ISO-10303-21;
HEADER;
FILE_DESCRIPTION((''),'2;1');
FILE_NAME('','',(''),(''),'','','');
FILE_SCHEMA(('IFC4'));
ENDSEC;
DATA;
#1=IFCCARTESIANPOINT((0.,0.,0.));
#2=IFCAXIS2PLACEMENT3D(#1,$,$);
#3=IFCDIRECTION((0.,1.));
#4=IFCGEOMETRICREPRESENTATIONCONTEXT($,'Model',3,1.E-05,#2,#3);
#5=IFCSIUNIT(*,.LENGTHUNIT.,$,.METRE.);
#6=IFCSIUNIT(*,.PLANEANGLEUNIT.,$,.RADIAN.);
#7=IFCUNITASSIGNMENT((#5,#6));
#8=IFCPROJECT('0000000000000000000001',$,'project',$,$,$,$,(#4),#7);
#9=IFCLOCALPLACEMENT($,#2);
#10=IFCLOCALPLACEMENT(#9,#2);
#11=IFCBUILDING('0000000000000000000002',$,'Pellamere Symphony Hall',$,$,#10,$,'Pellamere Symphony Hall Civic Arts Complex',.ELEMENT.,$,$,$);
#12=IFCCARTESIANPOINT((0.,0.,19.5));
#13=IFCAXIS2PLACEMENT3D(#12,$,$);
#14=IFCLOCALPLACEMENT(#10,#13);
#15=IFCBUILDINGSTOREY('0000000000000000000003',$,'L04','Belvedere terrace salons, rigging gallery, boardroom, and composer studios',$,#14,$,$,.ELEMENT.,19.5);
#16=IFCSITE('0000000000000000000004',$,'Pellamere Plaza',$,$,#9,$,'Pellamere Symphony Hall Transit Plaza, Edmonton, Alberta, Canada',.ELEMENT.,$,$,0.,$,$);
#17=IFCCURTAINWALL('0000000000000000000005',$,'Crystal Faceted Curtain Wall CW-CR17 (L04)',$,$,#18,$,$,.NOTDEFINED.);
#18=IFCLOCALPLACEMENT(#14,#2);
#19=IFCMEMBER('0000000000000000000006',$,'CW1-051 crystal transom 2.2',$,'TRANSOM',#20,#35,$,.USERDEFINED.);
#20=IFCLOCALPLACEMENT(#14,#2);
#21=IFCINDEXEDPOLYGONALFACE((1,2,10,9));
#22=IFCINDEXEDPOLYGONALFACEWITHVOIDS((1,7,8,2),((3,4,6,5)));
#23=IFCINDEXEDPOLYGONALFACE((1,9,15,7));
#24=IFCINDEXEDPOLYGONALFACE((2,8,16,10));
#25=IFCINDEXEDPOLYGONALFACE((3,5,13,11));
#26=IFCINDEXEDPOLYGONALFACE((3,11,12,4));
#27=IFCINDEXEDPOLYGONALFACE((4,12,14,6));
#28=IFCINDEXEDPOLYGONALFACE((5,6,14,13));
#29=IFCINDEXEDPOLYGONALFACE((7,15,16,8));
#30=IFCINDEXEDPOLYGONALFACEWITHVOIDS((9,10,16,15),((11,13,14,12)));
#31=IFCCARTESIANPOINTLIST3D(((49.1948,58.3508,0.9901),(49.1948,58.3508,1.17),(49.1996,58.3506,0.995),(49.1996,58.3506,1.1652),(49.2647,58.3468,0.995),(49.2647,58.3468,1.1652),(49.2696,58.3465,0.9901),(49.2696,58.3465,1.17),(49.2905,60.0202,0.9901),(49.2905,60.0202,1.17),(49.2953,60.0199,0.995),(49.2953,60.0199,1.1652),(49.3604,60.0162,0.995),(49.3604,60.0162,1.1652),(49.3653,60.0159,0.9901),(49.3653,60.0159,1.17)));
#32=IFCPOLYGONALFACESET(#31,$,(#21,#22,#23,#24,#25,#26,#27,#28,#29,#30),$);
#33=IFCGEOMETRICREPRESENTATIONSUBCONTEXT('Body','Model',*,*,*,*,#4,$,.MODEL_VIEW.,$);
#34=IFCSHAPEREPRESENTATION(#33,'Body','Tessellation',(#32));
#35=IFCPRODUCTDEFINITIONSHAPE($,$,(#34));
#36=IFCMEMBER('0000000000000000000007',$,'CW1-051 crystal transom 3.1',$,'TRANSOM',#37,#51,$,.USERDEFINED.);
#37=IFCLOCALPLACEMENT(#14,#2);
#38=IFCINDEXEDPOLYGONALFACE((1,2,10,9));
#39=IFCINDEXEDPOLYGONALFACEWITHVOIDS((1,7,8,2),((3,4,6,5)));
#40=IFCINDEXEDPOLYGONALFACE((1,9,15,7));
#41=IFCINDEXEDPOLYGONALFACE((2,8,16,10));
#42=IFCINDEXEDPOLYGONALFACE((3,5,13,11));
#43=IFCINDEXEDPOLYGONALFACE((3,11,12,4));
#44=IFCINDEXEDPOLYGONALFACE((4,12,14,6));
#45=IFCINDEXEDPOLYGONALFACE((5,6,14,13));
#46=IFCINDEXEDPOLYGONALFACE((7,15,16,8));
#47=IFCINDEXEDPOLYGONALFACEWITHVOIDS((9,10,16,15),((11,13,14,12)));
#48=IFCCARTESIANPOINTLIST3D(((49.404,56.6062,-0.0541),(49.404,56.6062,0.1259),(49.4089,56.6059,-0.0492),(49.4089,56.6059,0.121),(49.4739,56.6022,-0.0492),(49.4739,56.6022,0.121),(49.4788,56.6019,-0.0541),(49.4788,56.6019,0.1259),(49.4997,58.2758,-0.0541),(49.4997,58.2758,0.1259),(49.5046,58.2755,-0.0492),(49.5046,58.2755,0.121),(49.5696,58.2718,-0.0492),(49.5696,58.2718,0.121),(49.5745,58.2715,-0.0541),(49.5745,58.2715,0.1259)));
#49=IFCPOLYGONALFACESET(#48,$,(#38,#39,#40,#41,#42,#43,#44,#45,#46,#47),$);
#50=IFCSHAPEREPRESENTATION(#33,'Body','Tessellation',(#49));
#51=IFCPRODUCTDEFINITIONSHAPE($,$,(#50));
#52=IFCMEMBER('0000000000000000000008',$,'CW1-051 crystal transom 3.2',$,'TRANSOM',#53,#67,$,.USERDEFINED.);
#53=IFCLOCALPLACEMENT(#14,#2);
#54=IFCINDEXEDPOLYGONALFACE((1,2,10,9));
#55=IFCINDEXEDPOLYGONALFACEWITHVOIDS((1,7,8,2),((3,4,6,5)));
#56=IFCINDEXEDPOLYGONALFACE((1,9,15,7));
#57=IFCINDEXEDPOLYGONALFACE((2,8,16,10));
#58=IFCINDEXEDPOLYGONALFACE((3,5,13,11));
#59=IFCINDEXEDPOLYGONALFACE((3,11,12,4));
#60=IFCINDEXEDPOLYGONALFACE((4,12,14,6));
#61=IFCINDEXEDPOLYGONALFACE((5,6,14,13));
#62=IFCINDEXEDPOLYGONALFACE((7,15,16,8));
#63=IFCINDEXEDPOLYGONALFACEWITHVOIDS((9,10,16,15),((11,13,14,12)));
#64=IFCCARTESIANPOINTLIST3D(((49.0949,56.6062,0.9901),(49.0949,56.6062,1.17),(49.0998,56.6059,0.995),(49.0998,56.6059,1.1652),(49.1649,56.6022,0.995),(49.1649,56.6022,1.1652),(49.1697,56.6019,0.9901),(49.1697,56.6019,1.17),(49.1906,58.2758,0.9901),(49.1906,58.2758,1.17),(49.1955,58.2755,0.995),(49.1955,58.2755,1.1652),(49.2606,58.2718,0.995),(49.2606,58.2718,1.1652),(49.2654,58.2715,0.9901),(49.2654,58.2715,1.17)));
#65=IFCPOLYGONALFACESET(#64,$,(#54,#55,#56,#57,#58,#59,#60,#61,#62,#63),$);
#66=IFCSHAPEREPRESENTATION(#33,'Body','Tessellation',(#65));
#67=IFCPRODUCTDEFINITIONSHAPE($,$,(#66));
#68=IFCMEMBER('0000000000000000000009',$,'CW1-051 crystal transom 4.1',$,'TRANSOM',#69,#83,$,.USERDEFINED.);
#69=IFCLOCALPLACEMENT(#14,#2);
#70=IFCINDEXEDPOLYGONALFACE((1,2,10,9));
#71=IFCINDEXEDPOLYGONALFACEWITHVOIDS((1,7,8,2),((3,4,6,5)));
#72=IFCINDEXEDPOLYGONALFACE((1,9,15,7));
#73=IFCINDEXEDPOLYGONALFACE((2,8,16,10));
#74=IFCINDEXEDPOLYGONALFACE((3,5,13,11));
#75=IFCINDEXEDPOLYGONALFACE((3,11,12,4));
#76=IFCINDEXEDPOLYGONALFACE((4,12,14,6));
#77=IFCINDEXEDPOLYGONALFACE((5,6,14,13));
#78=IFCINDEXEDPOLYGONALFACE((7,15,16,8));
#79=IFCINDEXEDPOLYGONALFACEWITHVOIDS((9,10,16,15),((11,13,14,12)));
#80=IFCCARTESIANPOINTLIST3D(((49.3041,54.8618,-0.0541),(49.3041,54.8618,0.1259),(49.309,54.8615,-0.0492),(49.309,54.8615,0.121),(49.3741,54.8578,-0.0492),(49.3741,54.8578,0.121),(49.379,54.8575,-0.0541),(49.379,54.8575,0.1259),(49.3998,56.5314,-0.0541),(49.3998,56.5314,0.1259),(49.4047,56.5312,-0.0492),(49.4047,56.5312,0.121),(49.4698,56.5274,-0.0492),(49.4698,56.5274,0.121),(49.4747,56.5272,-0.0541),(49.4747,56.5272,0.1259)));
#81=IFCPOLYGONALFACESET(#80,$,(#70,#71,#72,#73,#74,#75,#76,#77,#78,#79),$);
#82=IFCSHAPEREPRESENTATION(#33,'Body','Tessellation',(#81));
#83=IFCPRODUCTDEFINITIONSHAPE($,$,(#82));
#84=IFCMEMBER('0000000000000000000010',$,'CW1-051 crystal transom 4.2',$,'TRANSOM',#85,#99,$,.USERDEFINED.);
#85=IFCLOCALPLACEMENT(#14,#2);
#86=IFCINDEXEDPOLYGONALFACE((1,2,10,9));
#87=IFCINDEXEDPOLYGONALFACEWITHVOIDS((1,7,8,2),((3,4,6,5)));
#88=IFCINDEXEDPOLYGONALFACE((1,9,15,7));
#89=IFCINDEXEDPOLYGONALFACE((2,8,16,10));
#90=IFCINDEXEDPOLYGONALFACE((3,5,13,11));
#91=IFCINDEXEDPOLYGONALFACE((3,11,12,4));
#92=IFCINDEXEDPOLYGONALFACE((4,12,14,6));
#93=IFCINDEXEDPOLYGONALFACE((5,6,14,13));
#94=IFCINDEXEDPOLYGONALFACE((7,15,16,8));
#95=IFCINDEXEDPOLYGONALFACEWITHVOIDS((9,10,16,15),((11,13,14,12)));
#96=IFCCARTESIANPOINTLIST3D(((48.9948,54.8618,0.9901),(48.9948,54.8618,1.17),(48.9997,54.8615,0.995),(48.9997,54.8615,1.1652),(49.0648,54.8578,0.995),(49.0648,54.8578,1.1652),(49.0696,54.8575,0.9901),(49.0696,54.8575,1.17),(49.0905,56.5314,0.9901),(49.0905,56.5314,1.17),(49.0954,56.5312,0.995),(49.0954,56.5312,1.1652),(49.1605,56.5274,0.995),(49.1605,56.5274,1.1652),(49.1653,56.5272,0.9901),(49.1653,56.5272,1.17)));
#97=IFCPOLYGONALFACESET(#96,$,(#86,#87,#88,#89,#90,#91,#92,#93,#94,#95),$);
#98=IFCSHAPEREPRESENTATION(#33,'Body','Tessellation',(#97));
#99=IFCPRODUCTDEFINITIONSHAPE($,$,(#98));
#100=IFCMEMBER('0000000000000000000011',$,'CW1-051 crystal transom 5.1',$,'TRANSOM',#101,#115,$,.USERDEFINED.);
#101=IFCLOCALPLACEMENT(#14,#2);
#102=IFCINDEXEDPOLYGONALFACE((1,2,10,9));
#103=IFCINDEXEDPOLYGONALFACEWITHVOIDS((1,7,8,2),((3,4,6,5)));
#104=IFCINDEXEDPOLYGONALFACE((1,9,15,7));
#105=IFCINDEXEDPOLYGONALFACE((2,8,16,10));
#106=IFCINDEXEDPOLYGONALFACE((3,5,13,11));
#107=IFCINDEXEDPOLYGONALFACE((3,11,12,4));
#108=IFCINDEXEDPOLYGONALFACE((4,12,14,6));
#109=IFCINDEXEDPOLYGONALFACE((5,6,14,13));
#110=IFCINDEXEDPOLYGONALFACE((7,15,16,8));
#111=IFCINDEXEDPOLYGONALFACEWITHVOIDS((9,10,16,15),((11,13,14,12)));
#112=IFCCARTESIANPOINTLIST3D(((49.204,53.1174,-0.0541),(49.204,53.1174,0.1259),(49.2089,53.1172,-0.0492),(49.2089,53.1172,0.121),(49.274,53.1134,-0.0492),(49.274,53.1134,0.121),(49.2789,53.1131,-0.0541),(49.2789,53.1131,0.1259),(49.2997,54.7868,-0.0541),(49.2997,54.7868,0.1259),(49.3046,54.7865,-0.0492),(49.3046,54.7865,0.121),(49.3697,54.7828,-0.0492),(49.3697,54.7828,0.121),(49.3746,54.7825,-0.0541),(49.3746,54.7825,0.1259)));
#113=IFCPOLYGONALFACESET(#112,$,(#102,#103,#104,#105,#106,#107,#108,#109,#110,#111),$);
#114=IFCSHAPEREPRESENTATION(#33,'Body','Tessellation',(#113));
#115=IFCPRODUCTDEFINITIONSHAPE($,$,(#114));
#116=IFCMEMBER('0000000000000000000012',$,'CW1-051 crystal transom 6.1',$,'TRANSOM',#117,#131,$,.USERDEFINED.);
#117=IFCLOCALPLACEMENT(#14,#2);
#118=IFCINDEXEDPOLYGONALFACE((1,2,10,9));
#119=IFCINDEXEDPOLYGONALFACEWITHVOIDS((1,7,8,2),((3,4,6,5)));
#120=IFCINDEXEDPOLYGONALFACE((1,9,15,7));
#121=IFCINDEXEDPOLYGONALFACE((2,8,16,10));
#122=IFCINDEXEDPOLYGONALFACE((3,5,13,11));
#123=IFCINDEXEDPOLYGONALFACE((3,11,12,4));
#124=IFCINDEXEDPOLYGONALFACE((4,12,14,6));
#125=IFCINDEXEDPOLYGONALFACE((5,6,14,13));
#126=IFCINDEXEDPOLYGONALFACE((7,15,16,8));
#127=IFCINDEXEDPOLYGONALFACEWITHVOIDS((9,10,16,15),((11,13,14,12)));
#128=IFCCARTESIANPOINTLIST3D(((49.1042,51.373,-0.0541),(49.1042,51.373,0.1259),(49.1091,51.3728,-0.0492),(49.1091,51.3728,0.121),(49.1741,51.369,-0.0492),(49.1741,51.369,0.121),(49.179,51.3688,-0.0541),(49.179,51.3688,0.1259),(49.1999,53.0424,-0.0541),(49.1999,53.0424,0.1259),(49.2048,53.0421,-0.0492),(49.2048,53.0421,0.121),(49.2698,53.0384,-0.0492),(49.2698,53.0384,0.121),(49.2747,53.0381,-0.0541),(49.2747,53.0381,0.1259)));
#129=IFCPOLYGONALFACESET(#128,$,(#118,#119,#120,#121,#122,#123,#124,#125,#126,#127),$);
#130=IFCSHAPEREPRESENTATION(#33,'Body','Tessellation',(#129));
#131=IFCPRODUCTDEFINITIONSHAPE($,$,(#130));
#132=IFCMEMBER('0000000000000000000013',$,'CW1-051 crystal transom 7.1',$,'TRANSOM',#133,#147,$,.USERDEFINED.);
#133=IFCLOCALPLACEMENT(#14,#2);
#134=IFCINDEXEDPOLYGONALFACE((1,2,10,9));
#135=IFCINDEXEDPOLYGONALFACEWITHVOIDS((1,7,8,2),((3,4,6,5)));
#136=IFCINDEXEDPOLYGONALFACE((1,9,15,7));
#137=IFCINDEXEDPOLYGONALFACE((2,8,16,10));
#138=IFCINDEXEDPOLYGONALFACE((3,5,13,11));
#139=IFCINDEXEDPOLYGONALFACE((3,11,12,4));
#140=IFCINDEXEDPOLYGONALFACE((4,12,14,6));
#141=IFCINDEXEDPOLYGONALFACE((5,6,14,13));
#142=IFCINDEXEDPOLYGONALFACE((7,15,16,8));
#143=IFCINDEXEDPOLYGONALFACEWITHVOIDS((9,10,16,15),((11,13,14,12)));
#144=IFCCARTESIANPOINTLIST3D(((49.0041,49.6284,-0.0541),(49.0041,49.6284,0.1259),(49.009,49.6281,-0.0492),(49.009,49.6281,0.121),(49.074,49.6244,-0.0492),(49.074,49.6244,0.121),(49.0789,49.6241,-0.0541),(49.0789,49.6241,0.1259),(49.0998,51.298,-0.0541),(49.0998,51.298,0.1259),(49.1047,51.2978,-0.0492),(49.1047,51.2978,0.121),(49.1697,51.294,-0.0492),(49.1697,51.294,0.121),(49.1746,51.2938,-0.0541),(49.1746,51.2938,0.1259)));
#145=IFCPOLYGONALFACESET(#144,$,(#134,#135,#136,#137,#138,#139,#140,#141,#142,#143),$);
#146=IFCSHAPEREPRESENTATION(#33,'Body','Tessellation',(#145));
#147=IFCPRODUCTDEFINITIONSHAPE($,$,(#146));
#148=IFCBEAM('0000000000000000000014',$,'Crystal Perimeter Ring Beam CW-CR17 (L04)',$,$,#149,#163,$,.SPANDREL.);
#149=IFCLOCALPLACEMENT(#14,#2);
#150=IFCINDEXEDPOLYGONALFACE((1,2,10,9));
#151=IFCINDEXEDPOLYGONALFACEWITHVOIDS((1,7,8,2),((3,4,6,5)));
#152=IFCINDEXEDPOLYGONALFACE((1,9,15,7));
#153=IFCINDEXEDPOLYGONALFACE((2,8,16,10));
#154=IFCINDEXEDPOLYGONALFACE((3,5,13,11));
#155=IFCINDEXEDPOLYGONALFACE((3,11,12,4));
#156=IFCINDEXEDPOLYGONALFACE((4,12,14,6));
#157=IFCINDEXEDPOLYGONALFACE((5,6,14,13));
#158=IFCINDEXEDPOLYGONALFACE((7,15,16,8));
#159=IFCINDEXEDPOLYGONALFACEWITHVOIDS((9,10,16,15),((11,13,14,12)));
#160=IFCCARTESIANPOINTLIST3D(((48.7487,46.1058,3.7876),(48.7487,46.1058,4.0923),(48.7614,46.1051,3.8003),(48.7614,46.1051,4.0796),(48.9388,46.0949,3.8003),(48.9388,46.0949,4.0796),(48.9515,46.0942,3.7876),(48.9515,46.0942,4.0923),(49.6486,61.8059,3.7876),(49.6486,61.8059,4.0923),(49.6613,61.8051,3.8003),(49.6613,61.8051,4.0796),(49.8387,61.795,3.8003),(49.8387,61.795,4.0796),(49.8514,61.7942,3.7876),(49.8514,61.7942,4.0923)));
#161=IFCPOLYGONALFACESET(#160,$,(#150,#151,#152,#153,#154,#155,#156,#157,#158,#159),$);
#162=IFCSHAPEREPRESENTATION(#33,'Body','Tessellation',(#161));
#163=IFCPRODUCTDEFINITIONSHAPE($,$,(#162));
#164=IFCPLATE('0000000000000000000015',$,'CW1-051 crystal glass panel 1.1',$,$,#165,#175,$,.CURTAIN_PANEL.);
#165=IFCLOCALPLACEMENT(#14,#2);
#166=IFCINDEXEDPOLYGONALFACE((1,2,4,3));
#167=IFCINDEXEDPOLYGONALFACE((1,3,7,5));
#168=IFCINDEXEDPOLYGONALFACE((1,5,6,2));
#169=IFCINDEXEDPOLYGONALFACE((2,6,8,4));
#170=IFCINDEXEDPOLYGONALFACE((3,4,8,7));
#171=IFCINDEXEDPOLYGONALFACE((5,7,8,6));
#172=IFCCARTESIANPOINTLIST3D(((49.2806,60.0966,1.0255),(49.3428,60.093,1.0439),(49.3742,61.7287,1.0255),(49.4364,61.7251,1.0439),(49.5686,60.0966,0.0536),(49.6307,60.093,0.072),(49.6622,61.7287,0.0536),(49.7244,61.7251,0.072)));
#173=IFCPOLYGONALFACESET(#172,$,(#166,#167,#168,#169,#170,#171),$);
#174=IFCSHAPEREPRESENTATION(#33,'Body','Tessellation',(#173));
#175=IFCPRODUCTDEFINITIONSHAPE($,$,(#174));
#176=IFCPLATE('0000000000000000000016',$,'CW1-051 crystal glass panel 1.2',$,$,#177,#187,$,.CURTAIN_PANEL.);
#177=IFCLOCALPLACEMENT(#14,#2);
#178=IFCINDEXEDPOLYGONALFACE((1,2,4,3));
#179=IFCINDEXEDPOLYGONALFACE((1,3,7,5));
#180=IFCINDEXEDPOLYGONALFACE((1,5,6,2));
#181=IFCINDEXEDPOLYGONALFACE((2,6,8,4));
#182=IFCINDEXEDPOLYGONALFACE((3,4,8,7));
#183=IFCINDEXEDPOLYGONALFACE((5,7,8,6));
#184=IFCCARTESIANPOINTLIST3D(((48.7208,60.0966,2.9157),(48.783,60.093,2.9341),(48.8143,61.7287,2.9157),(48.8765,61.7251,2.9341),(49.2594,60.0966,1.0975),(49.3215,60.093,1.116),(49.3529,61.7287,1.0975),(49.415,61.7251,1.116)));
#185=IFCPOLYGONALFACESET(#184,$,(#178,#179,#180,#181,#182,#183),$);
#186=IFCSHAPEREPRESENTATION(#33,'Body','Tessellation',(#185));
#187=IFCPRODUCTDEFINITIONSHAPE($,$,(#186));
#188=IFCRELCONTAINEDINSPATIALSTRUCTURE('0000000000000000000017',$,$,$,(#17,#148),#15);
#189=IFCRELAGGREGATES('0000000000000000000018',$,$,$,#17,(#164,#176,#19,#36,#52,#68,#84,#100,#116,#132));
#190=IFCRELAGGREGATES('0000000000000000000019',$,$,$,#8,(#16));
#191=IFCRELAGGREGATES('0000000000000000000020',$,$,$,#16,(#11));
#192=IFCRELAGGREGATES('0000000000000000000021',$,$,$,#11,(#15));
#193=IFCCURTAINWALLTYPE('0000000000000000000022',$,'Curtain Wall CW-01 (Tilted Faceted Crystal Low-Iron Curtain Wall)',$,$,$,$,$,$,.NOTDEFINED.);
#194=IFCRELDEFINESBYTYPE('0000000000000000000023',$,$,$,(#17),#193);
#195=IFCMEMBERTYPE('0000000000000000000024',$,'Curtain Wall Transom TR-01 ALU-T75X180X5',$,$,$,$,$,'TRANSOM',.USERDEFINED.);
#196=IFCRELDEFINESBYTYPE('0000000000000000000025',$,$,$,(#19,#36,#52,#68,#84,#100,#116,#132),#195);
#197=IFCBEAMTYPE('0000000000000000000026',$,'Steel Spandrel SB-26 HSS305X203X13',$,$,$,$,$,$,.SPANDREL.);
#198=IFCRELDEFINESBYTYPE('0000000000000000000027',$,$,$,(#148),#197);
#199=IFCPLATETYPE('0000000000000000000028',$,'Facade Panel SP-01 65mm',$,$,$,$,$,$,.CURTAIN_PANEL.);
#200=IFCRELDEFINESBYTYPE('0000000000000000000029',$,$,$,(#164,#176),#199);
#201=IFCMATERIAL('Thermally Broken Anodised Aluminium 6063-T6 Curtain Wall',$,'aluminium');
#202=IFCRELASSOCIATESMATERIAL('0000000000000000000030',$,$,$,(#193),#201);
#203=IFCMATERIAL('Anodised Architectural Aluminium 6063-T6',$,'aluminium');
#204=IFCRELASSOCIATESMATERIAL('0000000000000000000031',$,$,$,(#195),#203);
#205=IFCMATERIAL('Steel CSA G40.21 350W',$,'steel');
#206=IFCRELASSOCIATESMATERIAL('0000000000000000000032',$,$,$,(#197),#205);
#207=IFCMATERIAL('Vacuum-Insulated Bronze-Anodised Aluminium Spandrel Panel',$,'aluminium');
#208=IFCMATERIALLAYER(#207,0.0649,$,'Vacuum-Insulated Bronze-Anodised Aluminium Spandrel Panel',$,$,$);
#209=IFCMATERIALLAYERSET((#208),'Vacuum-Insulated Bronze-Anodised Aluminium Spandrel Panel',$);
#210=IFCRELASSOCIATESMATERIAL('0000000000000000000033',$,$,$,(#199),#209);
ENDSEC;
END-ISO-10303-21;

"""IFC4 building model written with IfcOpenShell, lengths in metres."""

from ifc_helpers import new_model, si_unit, direction, frame, origin, origin_2d, place, context, subcontext, project, spatial, polyline, hollow_rectangle, outline, extrude, material, layer, layer_set, material_profile, profile_set, type_object, element, aggregate, save


model = new_model("IFC4")

# Units and contexts
model_context = context("Model", 3, precision=1e-05, world=origin(), true_north=direction((0.0, 1.0)))
body_context = subcontext(model_context, "Body", "Model", "MODEL_VIEW")
ifc_project = project(units=[si_unit("LENGTHUNIT", "METRE"), si_unit("PLANEANGLEUNIT", "RADIAN")], contexts=[model_context])

# Site, building, storey
site_placement = place(None, origin())
site = spatial("IfcSite", under=ifc_project, at=site_placement, Name="Pellamere Plaza", LongName="Pellamere Symphony Hall Transit Plaza, Edmonton, Alberta, Canada", CompositionType="ELEMENT", RefElevation=0.0)
building_placement = place(site_placement, origin())
building = spatial("IfcBuilding", under=site, at=building_placement, Name="Pellamere Symphony Hall", LongName="Pellamere Symphony Hall Civic Arts Complex", CompositionType="ELEMENT")
storey_placement = place(building_placement, frame((0.0, 0.0, 19.5)))
storey = spatial("IfcBuildingStorey", under=building, at=storey_placement, Name="L04", Description="Belvedere terrace salons, rigging gallery, boardroom, and composer studios", CompositionType="ELEMENT", Elevation=19.5)

# Curtain wall, members
ifc_material_1 = material(Name="Thermally Broken Anodised Aluminium 6063-T6 Curtain Wall", Category="aluminium")
curtain_wall_type = type_object("IfcCurtainWallType", Name="Curtain Wall CW-01 (Tilted Faceted Crystal Low-Iron Curtain Wall)", PredefinedType="NOTDEFINED", material=ifc_material_1)
curtain_wall_placement = place(storey_placement, origin())
curtain_wall = element("IfcCurtainWall", 1, at=curtain_wall_placement, inside=storey, type_object=curtain_wall_type, Name="Crystal Faceted Curtain Wall CW-CR17 (L04)", PredefinedType="NOTDEFINED")
ifc_material_2 = material(Name="Anodised Architectural Aluminium 6063-T6", Category="aluminium")
ifc_material_profile_1 = material_profile(ifc_material_2, hollow_rectangle(XDim=0.075, YDim=0.1799, WallThickness=0.0049, at=origin_2d()), Name="ALU-T75X180X5")
ifc_profile_set_1 = profile_set([ifc_material_profile_1], Name="Anodised Architectural Aluminium 6063-T6")
member_type_1 = type_object("IfcMemberType", Name="Curtain Wall Transom TR-01 ALU-T75X180X5", ElementType="TRANSOM", PredefinedType="USERDEFINED", material=ifc_profile_set_1)
member_1_placement = place(storey_placement, frame((49.3279, 60.0181, 1.0801), z_axis=(-0.057233, -0.998361, 0.0), x_axis=(0.998361, -0.057233, 0.0)))
member_1 = element("IfcMember", 2, at=member_1_placement, type_object=member_type_1, Name="CW1-051 crystal transom 2.2", ObjectType="TRANSOM", PredefinedType="USERDEFINED", context=body_context, shape_type="SweptSolid", body=[
    extrude(hollow_rectangle(XDim=0.075, YDim=0.1799, WallThickness=0.0049, at=origin_2d()), origin(), (0.0, 0.0, 1.0), 1.6721),
])
member_2_placement = place(storey_placement, frame((49.5371, 58.2737, 0.0359), z_axis=(-0.057224, -0.998361, 0.0), x_axis=(0.998361, -0.057224, 0.0)))
member_2 = element("IfcMember", 3, at=member_2_placement, type_object=member_type_1, Name="CW1-051 crystal transom 3.1", ObjectType="TRANSOM", PredefinedType="USERDEFINED", context=body_context, shape_type="SweptSolid", body=[
    extrude(hollow_rectangle(XDim=0.075, YDim=0.1799, WallThickness=0.0049, at=origin_2d()), origin(), (0.0, 0.0, 1.0), 1.6724),
])
member_3_placement = place(storey_placement, frame((49.228, 58.2737, 1.0801), z_axis=(-0.057224, -0.998361, 0.0), x_axis=(0.998361, -0.057224, 0.0)))
member_3 = element("IfcMember", 4, at=member_3_placement, type_object=member_type_1, Name="CW1-051 crystal transom 3.2", ObjectType="TRANSOM", PredefinedType="USERDEFINED", context=body_context, shape_type="SweptSolid", body=[
    extrude(hollow_rectangle(XDim=0.075, YDim=0.1799, WallThickness=0.0049, at=origin_2d()), origin(), (0.0, 0.0, 1.0), 1.6724),
])
member_4_placement = place(storey_placement, frame((49.4373, 56.5293, 0.0359), z_axis=(-0.057224, -0.998361, 0.0), x_axis=(0.998361, -0.057224, 0.0)))
member_4 = element("IfcMember", 5, at=member_4_placement, type_object=member_type_1, Name="CW1-051 crystal transom 4.1", ObjectType="TRANSOM", PredefinedType="USERDEFINED", context=body_context, shape_type="SweptSolid", body=[
    extrude(hollow_rectangle(XDim=0.075, YDim=0.1799, WallThickness=0.0049, at=origin_2d()), origin(), (0.0, 0.0, 1.0), 1.6724),
])
member_5_placement = place(storey_placement, frame((49.1279, 56.5293, 1.0801), z_axis=(-0.057224, -0.998361, 0.0), x_axis=(0.998361, -0.057224, 0.0)))
member_5 = element("IfcMember", 6, at=member_5_placement, type_object=member_type_1, Name="CW1-051 crystal transom 4.2", ObjectType="TRANSOM", PredefinedType="USERDEFINED", context=body_context, shape_type="SweptSolid", body=[
    extrude(hollow_rectangle(XDim=0.075, YDim=0.1799, WallThickness=0.0049, at=origin_2d()), origin(), (0.0, 0.0, 1.0), 1.6724),
])
member_6_placement = place(storey_placement, frame((49.3372, 54.7847, 0.0359), z_axis=(-0.057233, -0.998361, 0.0), x_axis=(0.998361, -0.057233, 0.0)))
member_6 = element("IfcMember", 7, at=member_6_placement, type_object=member_type_1, Name="CW1-051 crystal transom 5.1", ObjectType="TRANSOM", PredefinedType="USERDEFINED", context=body_context, shape_type="SweptSolid", body=[
    extrude(hollow_rectangle(XDim=0.075, YDim=0.1799, WallThickness=0.0049, at=origin_2d()), origin(), (0.0, 0.0, 1.0), 1.6721),
])
member_7_placement = place(storey_placement, frame((49.2373, 53.0403, 0.0359), z_axis=(-0.057233, -0.998361, 0.0), x_axis=(0.998361, -0.057233, 0.0)))
member_7 = element("IfcMember", 8, at=member_7_placement, type_object=member_type_1, Name="CW1-051 crystal transom 6.1", ObjectType="TRANSOM", PredefinedType="USERDEFINED", context=body_context, shape_type="SweptSolid", body=[
    extrude(hollow_rectangle(XDim=0.075, YDim=0.1799, WallThickness=0.0049, at=origin_2d()), origin(), (0.0, 0.0, 1.0), 1.6721),
])
member_8_placement = place(storey_placement, frame((49.1372, 51.2959, 0.0359), z_axis=(-0.057224, -0.998361, 0.0), x_axis=(0.998361, -0.057224, 0.0)))
member_8 = element("IfcMember", 9, at=member_8_placement, type_object=member_type_1, Name="CW1-051 crystal transom 7.1", ObjectType="TRANSOM", PredefinedType="USERDEFINED", context=body_context, shape_type="SweptSolid", body=[
    extrude(hollow_rectangle(XDim=0.075, YDim=0.1799, WallThickness=0.0049, at=origin_2d()), origin(), (0.0, 0.0, 1.0), 1.6724),
])

# Beam
ifc_material_3 = material(Name="Steel CSA G40.21 350W", Category="steel")
ifc_material_profile_2 = material_profile(ifc_material_3, hollow_rectangle(XDim=0.2031, YDim=0.3047, WallThickness=0.0127, at=origin_2d()), Name="HSS305X203X13")
ifc_profile_set_2 = profile_set([ifc_material_profile_2], Name="Steel CSA G40.21 350W")
beam_type = type_object("IfcBeamType", Name="Steel Spandrel SB-26 HSS305X203X13", PredefinedType="SPANDREL", material=ifc_profile_set_2)
beam_placement = place(storey_placement, frame((49.75, 61.8, 3.9399), z_axis=(-0.057225, -0.998361, 0.0), x_axis=(0.998361, -0.057225, 0.0)))
element("IfcBeam", 10, at=beam_placement, inside=storey, type_object=beam_type, Name="Crystal Perimeter Ring Beam CW-CR17 (L04)", PredefinedType="SPANDREL", context=body_context, shape_type="SweptSolid", body=[
    extrude(hollow_rectangle(XDim=0.2031, YDim=0.3047, WallThickness=0.0127, at=origin_2d()), origin(), (0.0, 0.0, 1.0), 15.7258),
])

# Plates
ifc_material_4 = material(Name="Vacuum-Insulated Bronze-Anodised Aluminium Spandrel Panel", Category="aluminium")
ifc_layer_1 = layer(ifc_material_4, 0.0649, Name="Vacuum-Insulated Bronze-Anodised Aluminium Spandrel Panel")
ifc_layer_set_1 = layer_set([ifc_layer_1], Name="Vacuum-Insulated Bronze-Anodised Aluminium Spandrel Panel")
plate_type_1 = type_object("IfcPlateType", Name="Facade Panel SP-01 65mm", PredefinedType="CURTAIN_PANEL", material=ifc_layer_set_1)
plate_1_placement = place(storey_placement, frame((49.7244, 61.7251, 0.072), z_axis=(0.957355, -0.054921, 0.283647), x_axis=(-0.057267, -0.998359, -0.00002)))
plate_1 = element("IfcPlate", 11, at=plate_1_placement, type_object=plate_type_1, Name="CW1-051 crystal glass panel 1.1", PredefinedType="CURTAIN_PANEL", context=body_context, shape_type="SweptSolid", body=[
    extrude(outline(polyline([(0.0, 0.0), (1.6348, 0.0), (1.6512, -1.0136), (0.0165, -1.0135), (0.0, 0.0)])), origin(), (0.0, 0.0, -1.0), 0.0649),
])
plate_2_placement = place(storey_placement, frame((49.415, 61.7251, 1.116), z_axis=(0.957373, -0.05485, 0.283599), x_axis=(-0.057199, -0.998363, 0.0)))
plate_2 = element("IfcPlate", 12, at=plate_2_placement, type_object=plate_type_1, Name="CW1-051 crystal glass panel 1.2", PredefinedType="CURTAIN_PANEL", context=body_context, shape_type="SweptSolid", body=[
    extrude(outline(polyline([(0.0, 0.0), (1.6348, 0.0), (1.6656, -1.896), (0.0308, -1.896), (0.0, 0.0)])), origin(), (0.0, 0.0, -1.0), 0.0649),
])
aggregate(curtain_wall, [plate_1, plate_2, member_1, member_2, member_3, member_4, member_5, member_6, member_7, member_8])

save(model, "model.ifc")
